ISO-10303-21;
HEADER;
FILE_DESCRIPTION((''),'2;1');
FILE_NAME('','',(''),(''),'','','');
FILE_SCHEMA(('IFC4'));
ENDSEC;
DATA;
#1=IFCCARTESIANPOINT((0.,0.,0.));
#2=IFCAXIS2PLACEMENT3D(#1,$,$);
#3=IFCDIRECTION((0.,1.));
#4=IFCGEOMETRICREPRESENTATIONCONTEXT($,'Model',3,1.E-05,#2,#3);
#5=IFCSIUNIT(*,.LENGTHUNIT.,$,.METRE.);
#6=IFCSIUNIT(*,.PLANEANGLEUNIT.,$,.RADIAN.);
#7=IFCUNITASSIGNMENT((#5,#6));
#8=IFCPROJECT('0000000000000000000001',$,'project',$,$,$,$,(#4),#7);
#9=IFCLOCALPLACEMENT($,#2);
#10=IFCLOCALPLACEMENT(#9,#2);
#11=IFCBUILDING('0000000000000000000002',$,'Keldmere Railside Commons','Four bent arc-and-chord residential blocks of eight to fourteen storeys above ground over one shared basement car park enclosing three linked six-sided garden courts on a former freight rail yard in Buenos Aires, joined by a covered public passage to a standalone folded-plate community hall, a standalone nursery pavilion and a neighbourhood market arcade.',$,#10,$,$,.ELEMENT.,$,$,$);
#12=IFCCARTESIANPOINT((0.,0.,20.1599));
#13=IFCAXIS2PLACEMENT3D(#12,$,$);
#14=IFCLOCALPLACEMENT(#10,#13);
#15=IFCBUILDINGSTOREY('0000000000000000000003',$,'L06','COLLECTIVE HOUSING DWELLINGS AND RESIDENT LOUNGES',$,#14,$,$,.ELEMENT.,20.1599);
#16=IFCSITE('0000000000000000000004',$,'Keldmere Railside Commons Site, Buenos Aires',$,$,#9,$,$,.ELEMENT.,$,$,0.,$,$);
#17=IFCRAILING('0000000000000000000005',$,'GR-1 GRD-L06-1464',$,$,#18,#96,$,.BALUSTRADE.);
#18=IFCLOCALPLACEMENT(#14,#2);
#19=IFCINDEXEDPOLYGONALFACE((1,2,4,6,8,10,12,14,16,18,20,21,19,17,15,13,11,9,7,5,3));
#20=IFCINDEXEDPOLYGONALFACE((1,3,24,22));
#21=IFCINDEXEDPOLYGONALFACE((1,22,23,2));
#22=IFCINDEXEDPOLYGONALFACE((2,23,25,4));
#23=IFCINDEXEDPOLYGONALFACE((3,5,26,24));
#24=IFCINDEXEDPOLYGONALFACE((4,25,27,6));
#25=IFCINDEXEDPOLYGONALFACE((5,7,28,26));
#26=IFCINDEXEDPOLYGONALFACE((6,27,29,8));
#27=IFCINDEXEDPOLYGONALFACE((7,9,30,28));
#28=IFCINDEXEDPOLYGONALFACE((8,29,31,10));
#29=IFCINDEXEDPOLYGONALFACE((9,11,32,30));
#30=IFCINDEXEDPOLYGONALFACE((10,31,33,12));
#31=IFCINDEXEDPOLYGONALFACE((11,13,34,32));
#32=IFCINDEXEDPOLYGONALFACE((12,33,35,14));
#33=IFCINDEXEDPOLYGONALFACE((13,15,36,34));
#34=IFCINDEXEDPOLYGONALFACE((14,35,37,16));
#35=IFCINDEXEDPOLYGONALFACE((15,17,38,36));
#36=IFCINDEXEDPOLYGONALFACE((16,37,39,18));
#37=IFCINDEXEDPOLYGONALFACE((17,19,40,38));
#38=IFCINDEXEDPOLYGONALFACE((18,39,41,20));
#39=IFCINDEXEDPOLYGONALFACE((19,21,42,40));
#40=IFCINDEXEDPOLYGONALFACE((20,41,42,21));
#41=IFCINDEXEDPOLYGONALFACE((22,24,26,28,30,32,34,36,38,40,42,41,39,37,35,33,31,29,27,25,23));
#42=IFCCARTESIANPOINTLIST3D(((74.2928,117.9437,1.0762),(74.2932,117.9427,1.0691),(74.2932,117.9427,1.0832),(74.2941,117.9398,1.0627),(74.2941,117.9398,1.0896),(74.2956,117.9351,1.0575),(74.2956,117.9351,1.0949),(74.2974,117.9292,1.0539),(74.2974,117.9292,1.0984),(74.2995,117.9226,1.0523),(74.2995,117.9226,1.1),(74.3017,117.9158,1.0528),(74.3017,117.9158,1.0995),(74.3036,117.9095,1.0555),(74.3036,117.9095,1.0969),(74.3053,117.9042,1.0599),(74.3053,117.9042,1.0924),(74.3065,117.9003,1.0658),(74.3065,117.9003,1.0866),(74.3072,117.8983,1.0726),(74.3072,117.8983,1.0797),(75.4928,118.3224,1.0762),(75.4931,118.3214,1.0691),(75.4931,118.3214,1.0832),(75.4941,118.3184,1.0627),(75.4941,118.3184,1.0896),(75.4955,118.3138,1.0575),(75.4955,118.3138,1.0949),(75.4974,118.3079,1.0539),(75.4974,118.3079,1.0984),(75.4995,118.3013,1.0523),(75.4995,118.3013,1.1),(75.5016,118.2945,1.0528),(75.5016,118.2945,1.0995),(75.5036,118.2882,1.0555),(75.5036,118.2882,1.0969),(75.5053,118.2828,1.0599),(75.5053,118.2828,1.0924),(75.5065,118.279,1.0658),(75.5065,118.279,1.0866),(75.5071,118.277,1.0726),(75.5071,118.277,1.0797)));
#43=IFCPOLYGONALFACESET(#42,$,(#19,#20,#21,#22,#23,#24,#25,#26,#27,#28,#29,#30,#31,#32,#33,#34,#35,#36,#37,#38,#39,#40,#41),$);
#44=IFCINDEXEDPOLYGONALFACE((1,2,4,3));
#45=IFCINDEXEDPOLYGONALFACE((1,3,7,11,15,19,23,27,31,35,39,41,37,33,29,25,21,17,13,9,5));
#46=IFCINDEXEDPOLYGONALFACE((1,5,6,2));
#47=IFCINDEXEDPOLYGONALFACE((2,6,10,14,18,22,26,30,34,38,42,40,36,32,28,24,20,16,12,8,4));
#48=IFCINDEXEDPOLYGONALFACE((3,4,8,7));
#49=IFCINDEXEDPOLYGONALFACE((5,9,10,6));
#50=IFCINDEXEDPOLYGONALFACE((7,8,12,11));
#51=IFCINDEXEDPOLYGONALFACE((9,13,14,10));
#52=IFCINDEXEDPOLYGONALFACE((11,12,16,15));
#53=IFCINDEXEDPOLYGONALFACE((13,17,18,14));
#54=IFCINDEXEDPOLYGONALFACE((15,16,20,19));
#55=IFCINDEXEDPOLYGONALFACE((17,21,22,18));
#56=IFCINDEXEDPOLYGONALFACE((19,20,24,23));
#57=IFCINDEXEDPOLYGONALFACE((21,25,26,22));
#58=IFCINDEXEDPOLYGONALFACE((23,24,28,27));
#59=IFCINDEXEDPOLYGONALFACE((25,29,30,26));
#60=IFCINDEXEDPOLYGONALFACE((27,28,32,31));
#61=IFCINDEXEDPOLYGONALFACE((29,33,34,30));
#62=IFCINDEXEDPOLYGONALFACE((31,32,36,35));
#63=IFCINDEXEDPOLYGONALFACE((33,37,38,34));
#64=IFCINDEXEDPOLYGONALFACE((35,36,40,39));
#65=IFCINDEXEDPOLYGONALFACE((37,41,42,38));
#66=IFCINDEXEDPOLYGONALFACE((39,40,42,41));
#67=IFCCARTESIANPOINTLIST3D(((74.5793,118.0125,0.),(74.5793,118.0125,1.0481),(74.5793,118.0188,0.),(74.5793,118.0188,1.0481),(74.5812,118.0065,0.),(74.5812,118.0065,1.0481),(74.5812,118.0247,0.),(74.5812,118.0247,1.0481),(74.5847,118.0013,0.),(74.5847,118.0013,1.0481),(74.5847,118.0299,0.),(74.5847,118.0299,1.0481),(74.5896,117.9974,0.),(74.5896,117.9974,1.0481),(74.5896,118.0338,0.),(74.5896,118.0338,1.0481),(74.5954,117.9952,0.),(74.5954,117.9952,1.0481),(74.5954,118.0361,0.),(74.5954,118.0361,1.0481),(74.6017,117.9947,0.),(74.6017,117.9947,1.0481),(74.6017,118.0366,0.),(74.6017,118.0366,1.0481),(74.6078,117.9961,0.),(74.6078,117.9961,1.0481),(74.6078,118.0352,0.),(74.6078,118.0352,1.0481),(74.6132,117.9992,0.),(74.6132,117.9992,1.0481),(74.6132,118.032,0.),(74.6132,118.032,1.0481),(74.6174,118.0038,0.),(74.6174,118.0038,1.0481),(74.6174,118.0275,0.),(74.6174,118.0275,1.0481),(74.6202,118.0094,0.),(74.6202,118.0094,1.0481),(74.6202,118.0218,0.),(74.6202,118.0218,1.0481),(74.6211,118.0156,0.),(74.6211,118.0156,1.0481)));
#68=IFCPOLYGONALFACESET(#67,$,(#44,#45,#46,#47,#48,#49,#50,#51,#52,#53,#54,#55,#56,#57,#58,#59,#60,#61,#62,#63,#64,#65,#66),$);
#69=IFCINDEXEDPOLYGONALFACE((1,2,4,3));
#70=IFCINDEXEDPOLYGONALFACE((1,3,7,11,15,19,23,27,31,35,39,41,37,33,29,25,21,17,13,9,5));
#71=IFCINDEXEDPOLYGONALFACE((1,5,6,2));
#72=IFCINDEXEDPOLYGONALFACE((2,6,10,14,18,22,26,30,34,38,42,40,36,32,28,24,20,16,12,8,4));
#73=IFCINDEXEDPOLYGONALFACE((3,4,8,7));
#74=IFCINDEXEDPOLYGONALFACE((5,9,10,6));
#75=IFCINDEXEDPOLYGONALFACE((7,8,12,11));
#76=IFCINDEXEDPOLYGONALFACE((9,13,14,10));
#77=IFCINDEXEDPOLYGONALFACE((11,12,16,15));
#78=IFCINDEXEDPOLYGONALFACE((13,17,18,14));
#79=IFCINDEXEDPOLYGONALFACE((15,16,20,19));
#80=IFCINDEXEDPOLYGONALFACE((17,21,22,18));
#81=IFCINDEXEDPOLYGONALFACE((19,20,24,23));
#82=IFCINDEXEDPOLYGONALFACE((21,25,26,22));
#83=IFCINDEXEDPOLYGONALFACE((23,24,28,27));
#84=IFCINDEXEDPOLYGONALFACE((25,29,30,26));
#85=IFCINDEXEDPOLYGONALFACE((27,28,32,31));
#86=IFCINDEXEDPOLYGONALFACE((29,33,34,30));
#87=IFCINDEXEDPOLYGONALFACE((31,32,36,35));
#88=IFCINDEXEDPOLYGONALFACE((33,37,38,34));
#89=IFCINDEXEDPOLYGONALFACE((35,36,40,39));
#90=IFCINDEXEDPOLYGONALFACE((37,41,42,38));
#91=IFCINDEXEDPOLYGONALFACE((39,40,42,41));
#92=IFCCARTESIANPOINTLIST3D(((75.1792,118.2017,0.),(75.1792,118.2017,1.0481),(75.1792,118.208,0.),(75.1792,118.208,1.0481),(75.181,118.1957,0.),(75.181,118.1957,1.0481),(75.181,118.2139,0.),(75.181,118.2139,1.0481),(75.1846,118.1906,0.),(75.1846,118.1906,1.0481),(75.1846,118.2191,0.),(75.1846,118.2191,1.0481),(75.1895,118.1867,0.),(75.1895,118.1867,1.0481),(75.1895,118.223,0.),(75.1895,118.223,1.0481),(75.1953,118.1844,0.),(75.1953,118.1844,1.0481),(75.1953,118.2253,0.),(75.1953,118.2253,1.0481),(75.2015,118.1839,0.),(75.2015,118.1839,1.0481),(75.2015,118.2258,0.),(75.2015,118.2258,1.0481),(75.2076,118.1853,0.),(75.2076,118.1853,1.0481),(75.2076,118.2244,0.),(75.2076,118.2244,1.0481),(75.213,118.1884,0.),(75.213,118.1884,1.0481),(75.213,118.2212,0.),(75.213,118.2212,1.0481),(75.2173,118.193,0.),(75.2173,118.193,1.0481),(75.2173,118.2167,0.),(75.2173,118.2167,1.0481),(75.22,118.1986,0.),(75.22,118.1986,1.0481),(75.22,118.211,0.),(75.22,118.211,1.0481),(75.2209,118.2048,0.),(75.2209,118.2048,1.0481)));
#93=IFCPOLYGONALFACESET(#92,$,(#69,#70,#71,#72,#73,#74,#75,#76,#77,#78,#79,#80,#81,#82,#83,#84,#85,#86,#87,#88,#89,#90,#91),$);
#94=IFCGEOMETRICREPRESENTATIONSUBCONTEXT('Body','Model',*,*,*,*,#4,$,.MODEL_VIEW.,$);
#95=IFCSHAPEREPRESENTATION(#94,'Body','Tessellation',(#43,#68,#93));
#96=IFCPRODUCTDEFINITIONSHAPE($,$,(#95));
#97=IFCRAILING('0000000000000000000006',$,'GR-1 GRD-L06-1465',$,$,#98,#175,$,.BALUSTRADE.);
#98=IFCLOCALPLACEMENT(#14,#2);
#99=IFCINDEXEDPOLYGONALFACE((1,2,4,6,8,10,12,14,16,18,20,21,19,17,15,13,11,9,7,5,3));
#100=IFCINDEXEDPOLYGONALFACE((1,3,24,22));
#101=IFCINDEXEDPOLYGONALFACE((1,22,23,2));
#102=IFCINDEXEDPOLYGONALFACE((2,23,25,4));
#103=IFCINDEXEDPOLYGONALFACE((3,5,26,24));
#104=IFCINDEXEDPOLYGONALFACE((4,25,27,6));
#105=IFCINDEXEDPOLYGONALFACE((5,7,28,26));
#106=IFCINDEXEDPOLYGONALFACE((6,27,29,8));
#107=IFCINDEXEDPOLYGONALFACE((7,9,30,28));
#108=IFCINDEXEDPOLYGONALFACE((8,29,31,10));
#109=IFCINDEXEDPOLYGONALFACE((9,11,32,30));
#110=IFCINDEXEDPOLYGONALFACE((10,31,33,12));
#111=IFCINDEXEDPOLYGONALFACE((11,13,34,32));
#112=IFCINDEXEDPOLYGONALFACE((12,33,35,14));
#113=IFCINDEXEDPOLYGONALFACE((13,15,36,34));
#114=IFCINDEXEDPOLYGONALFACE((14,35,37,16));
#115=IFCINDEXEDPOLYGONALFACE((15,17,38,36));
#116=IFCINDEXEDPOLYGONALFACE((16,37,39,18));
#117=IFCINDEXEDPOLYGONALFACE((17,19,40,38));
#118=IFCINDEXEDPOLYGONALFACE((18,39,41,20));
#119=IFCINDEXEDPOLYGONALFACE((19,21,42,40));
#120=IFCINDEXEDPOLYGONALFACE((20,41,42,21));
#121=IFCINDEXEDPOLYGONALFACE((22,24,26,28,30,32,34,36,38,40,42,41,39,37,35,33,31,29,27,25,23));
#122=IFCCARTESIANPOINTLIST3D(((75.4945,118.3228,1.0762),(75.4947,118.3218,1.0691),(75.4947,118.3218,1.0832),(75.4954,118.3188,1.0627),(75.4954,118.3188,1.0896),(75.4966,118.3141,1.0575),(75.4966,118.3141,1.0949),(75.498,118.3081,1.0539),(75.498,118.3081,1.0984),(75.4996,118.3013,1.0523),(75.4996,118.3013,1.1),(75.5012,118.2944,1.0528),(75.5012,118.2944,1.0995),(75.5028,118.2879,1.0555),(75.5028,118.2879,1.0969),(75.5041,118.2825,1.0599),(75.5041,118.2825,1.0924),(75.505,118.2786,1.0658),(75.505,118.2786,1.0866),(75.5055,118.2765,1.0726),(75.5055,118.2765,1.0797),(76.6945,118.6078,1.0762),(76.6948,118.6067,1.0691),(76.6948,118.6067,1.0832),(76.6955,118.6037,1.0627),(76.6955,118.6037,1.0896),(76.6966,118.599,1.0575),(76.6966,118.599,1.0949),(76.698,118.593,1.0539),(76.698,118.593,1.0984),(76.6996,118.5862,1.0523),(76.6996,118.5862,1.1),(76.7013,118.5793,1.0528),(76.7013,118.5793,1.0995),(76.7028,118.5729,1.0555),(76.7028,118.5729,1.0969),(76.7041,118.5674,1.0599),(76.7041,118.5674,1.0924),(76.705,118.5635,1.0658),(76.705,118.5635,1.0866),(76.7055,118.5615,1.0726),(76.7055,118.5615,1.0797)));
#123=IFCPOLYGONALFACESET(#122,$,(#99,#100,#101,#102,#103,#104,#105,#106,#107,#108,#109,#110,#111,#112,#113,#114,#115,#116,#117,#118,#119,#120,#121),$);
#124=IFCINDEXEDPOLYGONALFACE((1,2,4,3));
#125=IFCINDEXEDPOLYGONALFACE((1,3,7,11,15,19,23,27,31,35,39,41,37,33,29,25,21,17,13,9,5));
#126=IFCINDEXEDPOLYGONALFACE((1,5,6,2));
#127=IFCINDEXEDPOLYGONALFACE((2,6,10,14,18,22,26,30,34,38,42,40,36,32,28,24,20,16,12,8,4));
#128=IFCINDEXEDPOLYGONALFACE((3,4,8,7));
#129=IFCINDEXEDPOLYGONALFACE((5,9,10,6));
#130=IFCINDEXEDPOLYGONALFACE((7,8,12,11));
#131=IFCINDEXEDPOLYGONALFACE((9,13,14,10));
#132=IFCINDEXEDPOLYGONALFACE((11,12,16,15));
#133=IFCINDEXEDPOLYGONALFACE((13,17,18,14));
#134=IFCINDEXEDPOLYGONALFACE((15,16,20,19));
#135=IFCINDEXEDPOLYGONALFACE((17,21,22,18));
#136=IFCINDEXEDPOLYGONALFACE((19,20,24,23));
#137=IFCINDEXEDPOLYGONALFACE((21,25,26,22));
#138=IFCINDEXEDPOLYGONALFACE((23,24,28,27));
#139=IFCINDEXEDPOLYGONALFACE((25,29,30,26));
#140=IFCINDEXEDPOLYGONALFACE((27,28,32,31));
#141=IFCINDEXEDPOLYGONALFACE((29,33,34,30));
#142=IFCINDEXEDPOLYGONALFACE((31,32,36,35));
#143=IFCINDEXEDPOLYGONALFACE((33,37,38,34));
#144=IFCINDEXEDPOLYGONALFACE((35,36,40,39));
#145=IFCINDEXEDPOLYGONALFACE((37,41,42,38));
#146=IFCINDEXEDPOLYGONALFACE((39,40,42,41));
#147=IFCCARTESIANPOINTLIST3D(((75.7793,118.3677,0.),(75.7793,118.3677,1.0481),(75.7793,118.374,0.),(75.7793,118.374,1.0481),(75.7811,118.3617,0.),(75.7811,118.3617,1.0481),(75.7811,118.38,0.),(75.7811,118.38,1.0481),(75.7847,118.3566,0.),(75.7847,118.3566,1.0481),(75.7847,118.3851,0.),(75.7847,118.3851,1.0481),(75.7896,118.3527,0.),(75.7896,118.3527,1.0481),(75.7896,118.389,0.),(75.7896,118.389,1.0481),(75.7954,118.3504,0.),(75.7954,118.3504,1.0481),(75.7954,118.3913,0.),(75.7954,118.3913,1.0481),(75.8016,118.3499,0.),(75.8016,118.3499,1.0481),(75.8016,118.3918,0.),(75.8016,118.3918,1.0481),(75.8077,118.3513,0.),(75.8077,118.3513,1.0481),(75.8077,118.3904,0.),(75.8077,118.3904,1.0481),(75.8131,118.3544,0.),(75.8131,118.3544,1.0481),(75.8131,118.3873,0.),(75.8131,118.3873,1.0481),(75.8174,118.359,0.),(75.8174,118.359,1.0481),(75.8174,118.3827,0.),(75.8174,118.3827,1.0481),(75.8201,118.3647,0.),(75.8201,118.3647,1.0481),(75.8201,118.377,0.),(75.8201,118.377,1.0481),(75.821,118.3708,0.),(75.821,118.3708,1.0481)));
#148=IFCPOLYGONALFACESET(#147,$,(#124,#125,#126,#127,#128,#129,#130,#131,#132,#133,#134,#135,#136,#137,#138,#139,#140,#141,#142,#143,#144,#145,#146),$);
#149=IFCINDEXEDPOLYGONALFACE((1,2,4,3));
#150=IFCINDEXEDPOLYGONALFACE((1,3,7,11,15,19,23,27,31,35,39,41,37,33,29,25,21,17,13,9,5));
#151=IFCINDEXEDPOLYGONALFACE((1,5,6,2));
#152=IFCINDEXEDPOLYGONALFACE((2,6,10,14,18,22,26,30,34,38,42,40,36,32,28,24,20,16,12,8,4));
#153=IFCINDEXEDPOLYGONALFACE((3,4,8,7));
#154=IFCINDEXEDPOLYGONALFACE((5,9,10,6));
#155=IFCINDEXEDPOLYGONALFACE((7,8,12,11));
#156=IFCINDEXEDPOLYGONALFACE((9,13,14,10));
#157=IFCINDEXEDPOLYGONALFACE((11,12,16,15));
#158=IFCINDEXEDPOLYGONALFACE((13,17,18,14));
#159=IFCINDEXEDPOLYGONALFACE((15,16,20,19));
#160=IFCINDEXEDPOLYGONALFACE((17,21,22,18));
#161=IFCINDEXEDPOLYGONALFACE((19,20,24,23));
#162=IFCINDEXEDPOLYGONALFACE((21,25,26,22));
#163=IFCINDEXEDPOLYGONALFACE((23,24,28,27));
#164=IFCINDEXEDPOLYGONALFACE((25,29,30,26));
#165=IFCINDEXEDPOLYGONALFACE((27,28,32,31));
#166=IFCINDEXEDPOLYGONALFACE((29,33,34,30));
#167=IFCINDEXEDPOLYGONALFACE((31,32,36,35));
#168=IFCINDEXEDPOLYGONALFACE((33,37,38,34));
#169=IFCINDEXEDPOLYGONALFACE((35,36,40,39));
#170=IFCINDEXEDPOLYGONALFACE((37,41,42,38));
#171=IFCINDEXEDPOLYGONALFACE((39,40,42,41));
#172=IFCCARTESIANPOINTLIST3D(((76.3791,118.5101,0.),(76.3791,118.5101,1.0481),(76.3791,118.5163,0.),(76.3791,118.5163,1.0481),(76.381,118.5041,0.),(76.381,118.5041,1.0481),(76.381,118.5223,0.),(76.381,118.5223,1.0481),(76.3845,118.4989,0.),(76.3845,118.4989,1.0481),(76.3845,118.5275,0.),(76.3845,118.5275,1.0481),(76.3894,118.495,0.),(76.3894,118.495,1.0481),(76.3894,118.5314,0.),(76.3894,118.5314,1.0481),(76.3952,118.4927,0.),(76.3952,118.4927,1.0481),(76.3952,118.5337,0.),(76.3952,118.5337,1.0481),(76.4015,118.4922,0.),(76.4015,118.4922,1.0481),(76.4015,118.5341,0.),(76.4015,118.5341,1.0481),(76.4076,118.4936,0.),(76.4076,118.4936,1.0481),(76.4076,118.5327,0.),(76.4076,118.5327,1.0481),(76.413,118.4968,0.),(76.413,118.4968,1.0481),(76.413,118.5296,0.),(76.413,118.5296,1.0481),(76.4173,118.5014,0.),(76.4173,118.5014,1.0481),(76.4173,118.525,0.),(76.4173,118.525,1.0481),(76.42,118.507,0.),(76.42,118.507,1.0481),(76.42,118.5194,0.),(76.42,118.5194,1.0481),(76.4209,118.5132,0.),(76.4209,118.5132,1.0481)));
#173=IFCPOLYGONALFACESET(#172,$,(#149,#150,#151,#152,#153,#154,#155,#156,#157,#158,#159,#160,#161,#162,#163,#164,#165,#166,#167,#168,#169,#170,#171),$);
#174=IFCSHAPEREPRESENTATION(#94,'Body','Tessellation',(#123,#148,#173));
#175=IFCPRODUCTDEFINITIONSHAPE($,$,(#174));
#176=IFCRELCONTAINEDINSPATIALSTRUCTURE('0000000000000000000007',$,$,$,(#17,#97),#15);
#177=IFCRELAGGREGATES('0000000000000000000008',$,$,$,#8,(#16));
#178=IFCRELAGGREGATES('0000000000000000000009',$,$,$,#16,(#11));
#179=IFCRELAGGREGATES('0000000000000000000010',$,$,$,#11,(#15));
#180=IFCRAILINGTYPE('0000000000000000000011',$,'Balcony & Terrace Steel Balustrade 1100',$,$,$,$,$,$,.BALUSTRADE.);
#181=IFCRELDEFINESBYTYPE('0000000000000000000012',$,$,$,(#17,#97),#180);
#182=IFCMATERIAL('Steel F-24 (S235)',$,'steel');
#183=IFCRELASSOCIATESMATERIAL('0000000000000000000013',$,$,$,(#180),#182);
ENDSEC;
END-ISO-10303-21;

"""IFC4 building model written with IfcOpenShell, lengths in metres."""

from ifc_helpers import new_model, si_unit, direction, frame, origin, origin_2d, place, context, subcontext, project, spatial, circle, extrude, material, type_object, element, save


model = new_model("IFC4")

# Units and contexts
model_context = context("Model", 3, precision=1e-05, world=origin(), true_north=direction((0.0, 1.0)))
body_context = subcontext(model_context, "Body", "Model", "MODEL_VIEW")
ifc_project = project(units=[si_unit("LENGTHUNIT", "METRE"), si_unit("PLANEANGLEUNIT", "RADIAN")], contexts=[model_context])

# Site, building, storey
site_placement = place(None, origin())
site = spatial("IfcSite", under=ifc_project, at=site_placement, Name="Keldmere Railside Commons Site, Buenos Aires", CompositionType="ELEMENT", RefElevation=0.0)
building_placement = place(site_placement, origin())
building = spatial("IfcBuilding", under=site, at=building_placement, Name="Keldmere Railside Commons", Description="Four bent arc-and-chord residential blocks of eight to fourteen storeys above ground over one shared basement car park enclosing three linked six-sided garden courts on a former freight rail yard in Buenos Aires, joined by a covered public passage to a standalone folded-plate community hall, a standalone nursery pavilion and a neighbourhood market arcade.", CompositionType="ELEMENT")
storey_placement = place(building_placement, frame((0.0, 0.0, 20.1599)))
storey = spatial("IfcBuildingStorey", under=building, at=storey_placement, Name="L06", Description="COLLECTIVE HOUSING DWELLINGS AND RESIDENT LOUNGES", CompositionType="ELEMENT", Elevation=20.1599)

# Shared definitions
ifc_material_1 = material(Name="Steel F-24 (S235)", Category="steel")

# Railings
railing_type_1 = type_object("IfcRailingType", Name="Balcony & Terrace Steel Balustrade 1100", PredefinedType="BALUSTRADE", material=ifc_material_1)
railing_1_placement = place(storey_placement, frame((74.3, 117.9209, 0.0)))
element("IfcRailing", 1, at=railing_1_placement, inside=storey, type_object=railing_type_1, Name="GR-1 GRD-L06-1464", PredefinedType="BALUSTRADE", context=body_context, shape_type="SweptSolid", body=[
    extrude(circle(Radius=0.0239, at=origin_2d()), frame((0.0, 0.0, 1.0762), z_axis=(0.953644, 0.300936, 0.0), x_axis=(-0.300936, 0.953644, 0.0)), (0.0, 0.0, 1.0), 1.2583),
    extrude(circle(Radius=0.021, at=origin_2d()), frame((0.3, 0.0947, 0.0)), (0.0, 0.0, 1.0), 1.0481),
    extrude(circle(Radius=0.021, at=origin_2d()), frame((0.8999, 0.2839, 0.0)), (0.0, 0.0, 1.0), 1.0481),
])
railing_2_placement = place(storey_placement, frame((75.5, 118.2996, 0.0)))
element("IfcRailing", 2, at=railing_2_placement, inside=storey, type_object=railing_type_1, Name="GR-1 GRD-L06-1465", PredefinedType="BALUSTRADE", context=body_context, shape_type="SweptSolid", body=[
    extrude(circle(Radius=0.0239, at=origin_2d()), frame((0.0, 0.0, 1.0762), z_axis=(0.97295, 0.231014, 0.0), x_axis=(-0.231014, 0.97295, 0.0)), (0.0, 0.0, 1.0), 1.2334),
    extrude(circle(Radius=0.021, at=origin_2d()), frame((0.3, 0.0713, 0.0)), (0.0, 0.0, 1.0), 1.0481),
    extrude(circle(Radius=0.021, at=origin_2d()), frame((0.8999, 0.2136, 0.0)), (0.0, 0.0, 1.0), 1.0481),
])

save(model, "model.ifc")
